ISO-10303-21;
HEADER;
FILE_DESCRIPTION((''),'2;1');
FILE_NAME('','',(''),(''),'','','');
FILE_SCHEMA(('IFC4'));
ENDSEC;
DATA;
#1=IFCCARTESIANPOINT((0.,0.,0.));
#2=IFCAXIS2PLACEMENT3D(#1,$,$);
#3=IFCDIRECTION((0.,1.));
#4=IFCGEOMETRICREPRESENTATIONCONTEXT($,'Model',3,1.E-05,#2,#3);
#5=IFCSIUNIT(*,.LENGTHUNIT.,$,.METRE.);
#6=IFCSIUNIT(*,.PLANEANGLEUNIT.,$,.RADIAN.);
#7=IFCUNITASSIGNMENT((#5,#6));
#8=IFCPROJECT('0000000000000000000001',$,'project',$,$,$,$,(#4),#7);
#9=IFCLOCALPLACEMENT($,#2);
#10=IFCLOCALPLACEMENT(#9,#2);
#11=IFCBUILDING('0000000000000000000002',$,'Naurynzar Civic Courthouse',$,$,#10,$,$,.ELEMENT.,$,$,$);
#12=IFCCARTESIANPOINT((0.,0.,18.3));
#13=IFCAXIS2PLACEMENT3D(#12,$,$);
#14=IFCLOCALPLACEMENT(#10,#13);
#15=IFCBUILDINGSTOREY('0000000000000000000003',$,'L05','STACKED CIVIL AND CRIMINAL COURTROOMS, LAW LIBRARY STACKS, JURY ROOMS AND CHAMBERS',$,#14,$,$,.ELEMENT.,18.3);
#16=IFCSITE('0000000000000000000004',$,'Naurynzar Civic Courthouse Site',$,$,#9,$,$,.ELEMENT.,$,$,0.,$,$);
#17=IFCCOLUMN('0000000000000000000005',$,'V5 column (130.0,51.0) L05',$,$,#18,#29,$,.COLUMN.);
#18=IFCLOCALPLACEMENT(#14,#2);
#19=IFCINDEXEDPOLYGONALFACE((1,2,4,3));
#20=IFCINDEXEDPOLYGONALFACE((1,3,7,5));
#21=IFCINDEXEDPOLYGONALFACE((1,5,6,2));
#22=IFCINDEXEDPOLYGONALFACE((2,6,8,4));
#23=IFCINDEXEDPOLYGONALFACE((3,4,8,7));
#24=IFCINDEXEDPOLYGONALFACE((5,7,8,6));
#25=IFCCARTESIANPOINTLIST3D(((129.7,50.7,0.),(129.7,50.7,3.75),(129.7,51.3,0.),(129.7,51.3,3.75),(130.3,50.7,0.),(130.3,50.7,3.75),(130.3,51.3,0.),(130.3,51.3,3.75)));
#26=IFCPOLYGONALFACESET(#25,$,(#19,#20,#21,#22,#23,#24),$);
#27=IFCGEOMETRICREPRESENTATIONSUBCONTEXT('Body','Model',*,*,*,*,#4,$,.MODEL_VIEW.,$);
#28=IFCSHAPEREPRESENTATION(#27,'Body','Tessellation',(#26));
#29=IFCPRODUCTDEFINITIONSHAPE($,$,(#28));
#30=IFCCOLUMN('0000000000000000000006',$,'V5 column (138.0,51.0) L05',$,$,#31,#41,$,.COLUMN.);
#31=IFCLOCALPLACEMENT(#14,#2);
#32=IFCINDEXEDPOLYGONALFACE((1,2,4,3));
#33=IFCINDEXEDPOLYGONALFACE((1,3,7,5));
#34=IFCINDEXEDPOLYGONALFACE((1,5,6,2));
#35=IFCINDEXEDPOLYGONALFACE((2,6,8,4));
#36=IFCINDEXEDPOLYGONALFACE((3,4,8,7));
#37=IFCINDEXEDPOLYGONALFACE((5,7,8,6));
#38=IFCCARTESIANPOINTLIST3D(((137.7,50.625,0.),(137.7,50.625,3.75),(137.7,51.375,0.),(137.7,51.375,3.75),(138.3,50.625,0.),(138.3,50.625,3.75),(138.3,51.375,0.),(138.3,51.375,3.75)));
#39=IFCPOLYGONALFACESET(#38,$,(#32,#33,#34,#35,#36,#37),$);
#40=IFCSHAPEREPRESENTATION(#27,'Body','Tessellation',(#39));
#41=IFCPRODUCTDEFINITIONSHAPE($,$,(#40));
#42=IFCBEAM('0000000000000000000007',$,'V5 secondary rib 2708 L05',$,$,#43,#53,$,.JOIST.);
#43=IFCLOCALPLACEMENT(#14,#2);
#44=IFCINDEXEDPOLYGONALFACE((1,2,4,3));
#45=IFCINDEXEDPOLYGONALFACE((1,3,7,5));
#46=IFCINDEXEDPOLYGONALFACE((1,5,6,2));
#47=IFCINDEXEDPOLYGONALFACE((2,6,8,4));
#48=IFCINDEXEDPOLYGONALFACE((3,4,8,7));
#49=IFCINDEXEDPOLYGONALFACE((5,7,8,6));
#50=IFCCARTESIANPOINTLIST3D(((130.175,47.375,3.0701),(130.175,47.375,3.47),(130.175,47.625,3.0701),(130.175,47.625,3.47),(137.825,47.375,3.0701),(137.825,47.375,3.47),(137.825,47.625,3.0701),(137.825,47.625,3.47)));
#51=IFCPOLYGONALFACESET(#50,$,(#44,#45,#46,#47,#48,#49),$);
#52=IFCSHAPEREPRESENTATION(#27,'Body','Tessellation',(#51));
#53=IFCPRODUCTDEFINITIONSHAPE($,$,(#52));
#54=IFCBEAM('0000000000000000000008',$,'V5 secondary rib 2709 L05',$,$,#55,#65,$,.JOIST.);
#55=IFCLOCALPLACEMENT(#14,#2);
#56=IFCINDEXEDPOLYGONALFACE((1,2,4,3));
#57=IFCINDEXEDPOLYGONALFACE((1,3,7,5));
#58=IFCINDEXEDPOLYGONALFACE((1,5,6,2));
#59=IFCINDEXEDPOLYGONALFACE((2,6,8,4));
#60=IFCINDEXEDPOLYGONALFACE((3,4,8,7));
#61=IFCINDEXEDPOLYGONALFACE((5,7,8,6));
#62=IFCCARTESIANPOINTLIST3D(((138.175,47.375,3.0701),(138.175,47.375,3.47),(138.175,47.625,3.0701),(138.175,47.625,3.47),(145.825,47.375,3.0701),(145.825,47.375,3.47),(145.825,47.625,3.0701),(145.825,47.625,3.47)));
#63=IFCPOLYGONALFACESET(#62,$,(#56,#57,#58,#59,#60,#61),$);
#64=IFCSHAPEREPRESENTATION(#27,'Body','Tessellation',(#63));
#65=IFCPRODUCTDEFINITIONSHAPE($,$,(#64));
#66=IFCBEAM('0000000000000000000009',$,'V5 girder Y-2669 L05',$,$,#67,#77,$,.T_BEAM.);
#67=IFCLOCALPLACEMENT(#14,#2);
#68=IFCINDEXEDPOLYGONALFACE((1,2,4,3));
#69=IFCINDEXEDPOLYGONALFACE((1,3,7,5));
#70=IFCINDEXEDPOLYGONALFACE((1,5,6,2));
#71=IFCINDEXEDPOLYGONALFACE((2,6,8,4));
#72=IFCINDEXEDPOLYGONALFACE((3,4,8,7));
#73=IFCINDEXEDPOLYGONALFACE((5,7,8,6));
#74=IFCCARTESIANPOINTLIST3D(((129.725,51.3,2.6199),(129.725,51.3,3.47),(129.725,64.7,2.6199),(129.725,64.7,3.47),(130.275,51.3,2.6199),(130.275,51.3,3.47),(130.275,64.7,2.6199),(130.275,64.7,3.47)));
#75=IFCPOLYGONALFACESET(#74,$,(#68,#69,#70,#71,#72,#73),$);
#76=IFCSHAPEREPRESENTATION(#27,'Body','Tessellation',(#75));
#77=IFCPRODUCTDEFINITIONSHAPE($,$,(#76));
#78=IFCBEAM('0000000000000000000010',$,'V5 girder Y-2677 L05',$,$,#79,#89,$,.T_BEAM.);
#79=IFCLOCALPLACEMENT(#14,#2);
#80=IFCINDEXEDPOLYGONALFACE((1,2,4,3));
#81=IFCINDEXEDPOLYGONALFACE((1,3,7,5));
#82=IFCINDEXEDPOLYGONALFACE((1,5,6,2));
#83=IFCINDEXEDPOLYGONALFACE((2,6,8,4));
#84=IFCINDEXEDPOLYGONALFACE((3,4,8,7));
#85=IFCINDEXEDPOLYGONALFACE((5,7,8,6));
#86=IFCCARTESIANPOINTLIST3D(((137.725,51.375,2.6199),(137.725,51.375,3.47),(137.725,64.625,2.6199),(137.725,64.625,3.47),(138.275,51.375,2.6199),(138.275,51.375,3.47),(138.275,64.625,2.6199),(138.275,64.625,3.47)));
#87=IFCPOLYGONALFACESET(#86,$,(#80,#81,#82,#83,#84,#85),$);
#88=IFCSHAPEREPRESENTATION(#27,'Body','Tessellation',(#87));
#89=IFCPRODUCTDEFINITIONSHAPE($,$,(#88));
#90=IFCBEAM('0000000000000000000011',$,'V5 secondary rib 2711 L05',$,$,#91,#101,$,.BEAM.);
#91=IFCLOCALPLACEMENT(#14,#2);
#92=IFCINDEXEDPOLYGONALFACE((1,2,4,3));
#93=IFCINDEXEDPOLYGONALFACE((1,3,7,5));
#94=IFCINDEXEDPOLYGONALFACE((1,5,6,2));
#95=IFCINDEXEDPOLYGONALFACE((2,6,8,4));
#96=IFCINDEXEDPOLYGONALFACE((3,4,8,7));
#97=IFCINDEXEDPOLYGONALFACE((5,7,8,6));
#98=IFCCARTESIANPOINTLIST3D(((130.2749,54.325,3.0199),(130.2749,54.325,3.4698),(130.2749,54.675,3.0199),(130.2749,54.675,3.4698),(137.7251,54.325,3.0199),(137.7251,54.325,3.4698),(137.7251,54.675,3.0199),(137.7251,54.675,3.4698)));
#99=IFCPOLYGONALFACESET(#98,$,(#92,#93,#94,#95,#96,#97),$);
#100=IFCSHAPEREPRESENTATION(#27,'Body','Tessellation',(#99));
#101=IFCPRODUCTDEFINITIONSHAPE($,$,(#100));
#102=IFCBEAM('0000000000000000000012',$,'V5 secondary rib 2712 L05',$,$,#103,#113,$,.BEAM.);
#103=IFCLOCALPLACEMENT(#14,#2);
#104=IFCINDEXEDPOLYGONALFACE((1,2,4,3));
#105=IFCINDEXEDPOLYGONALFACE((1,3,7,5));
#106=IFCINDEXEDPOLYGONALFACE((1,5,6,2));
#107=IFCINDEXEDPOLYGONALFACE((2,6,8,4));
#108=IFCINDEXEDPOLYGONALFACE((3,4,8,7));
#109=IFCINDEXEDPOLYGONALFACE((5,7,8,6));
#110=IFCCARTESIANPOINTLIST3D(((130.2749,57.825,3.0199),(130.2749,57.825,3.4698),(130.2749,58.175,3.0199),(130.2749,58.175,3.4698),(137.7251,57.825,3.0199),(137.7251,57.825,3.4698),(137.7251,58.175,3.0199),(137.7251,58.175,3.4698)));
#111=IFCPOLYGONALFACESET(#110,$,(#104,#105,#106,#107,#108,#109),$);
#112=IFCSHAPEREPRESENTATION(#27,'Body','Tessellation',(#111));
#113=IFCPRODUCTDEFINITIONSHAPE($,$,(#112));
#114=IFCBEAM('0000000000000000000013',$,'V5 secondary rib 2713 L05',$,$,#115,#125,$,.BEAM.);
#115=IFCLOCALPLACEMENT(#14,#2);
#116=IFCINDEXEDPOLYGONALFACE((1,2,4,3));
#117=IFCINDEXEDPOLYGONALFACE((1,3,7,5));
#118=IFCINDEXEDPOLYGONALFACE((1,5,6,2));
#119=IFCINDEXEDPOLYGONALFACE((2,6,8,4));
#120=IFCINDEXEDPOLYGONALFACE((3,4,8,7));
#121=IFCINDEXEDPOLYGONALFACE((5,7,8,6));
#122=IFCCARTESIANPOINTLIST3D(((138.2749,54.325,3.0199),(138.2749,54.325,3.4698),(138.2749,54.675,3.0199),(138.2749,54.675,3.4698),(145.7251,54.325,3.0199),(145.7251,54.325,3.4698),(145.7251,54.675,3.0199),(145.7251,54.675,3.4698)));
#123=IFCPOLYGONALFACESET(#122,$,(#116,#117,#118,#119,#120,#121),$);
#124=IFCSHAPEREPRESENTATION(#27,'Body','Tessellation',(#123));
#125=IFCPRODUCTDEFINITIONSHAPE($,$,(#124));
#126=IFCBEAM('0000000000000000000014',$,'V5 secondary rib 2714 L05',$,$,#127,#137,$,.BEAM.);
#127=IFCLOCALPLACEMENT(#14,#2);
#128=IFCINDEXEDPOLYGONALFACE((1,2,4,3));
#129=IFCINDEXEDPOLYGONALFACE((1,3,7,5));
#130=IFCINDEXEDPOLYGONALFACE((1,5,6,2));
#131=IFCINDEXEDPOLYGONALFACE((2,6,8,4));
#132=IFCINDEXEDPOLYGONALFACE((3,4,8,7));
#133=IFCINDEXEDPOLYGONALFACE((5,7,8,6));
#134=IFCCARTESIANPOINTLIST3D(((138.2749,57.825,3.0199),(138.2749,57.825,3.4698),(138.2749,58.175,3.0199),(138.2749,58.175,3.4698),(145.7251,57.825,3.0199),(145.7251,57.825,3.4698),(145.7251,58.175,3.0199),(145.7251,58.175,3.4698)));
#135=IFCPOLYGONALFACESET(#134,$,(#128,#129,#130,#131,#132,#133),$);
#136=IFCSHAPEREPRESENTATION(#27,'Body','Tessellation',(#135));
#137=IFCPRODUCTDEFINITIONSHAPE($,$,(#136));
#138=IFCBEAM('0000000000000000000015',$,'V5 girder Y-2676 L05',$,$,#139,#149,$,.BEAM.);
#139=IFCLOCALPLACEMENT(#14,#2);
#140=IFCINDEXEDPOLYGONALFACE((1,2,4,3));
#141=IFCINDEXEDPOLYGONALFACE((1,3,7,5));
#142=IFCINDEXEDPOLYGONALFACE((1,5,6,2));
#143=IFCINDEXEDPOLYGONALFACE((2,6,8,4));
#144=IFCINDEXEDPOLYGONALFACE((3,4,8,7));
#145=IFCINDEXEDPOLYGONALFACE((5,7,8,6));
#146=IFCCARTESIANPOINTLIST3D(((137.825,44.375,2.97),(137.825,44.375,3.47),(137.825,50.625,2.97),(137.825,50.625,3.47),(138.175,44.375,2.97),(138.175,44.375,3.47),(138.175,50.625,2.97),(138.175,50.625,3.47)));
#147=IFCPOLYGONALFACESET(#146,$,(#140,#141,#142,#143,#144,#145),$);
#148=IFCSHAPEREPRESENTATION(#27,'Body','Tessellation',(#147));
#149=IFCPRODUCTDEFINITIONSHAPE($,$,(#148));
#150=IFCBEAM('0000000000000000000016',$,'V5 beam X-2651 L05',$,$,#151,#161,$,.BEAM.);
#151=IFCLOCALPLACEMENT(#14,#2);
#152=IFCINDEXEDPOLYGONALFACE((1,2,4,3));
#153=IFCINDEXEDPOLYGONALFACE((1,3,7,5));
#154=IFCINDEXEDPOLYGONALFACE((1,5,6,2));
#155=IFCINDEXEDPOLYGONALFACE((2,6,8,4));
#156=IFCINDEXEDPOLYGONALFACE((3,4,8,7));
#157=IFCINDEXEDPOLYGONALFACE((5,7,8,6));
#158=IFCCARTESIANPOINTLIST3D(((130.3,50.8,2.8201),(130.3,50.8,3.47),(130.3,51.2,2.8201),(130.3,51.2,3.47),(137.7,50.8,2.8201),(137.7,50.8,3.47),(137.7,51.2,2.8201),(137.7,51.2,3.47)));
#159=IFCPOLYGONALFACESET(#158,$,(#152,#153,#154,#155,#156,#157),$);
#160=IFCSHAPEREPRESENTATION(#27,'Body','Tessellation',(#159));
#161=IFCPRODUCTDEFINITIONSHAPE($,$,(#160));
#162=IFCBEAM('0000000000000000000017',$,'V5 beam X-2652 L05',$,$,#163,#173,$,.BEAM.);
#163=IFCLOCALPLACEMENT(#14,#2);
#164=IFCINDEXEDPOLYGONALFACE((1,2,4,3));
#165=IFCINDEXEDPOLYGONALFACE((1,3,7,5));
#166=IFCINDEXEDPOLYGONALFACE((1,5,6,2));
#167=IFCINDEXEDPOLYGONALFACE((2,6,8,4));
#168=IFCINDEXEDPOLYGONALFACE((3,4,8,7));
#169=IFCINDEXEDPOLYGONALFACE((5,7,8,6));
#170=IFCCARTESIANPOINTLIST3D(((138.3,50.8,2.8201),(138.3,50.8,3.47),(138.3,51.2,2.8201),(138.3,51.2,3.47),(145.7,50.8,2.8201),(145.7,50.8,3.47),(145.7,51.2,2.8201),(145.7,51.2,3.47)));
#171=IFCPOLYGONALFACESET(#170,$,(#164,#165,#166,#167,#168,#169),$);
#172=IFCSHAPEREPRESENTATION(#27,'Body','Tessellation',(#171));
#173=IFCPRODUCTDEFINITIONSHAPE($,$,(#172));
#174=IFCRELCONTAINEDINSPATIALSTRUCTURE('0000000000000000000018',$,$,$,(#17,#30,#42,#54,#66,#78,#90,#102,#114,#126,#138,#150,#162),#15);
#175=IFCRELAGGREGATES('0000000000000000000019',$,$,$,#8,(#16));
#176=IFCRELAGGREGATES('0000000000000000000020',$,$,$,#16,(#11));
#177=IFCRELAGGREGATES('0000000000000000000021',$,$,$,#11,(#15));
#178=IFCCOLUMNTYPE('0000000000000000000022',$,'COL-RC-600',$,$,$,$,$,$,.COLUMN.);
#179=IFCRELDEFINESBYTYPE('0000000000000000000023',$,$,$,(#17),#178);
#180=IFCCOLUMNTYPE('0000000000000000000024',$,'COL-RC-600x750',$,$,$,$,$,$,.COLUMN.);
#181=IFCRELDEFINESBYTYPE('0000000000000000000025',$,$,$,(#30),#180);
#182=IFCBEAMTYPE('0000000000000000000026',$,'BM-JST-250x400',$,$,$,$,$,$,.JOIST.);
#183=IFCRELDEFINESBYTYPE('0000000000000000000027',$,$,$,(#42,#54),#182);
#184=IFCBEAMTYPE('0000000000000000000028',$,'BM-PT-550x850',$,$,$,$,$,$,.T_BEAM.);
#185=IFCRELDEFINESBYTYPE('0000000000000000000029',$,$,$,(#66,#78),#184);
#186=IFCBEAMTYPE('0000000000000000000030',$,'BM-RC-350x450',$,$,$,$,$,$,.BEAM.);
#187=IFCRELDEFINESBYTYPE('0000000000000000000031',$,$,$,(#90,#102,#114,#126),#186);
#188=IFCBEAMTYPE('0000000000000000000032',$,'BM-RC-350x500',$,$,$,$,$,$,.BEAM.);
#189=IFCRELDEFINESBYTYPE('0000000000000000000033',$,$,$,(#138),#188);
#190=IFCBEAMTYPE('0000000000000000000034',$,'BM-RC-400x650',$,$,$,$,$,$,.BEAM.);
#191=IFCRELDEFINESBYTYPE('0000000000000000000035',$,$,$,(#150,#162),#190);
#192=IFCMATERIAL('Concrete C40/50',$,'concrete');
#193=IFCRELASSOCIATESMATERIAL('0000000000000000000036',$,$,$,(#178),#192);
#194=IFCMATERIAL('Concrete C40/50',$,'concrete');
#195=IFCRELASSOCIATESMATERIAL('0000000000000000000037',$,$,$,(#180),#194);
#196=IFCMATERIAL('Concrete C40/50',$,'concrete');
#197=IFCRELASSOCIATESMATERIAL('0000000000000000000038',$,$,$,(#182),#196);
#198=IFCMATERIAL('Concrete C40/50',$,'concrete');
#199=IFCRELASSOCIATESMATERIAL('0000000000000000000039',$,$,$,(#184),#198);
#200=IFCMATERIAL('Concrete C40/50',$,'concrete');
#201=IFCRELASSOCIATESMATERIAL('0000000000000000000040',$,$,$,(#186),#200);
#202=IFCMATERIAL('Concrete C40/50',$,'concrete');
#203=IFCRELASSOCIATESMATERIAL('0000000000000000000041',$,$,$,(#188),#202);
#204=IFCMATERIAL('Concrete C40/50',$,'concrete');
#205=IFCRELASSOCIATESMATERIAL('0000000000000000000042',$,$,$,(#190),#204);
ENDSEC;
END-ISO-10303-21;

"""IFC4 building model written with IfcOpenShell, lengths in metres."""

from ifc_helpers import new_model, si_unit, direction, frame, origin, origin_2d, place, context, subcontext, project, spatial, rectangle, extrude, material, material_profile, profile_set, type_object, element, save


model = new_model("IFC4")

# Units and contexts
model_context = context("Model", 3, precision=1e-05, world=origin(), true_north=direction((0.0, 1.0)))
body_context = subcontext(model_context, "Body", "Model", "MODEL_VIEW")
ifc_project = project(units=[si_unit("LENGTHUNIT", "METRE"), si_unit("PLANEANGLEUNIT", "RADIAN")], contexts=[model_context])

# Site, building, storey
site_placement = place(None, origin())
site = spatial("IfcSite", under=ifc_project, at=site_placement, Name="Naurynzar Civic Courthouse Site", CompositionType="ELEMENT", RefElevation=0.0)
building_placement = place(site_placement, origin())
building = spatial("IfcBuilding", under=site, at=building_placement, Name="Naurynzar Civic Courthouse", CompositionType="ELEMENT")
storey_placement = place(building_placement, frame((0.0, 0.0, 18.3)))
storey = spatial("IfcBuildingStorey", under=building, at=storey_placement, Name="L05", Description="STACKED CIVIL AND CRIMINAL COURTROOMS, LAW LIBRARY STACKS, JURY ROOMS AND CHAMBERS", CompositionType="ELEMENT", Elevation=18.3)

# Columns
ifc_material_1 = material(Name="Concrete C40/50", Category="concrete")
ifc_material_profile_1 = material_profile(ifc_material_1, rectangle(XDim=0.6001, YDim=0.6001, at=origin_2d()), Name="RC 600x600")
ifc_profile_set_1 = profile_set([ifc_material_profile_1], Name="Concrete C40/50")
column_type_1 = type_object("IfcColumnType", Name="COL-RC-600", PredefinedType="COLUMN", material=ifc_profile_set_1)
column_1_placement = place(storey_placement, frame((130.0, 51.0, 0.0), z_axis=(0.0, 0.0, 1.0), x_axis=(1.0, 0.0, 0.0)))
element("IfcColumn", 1, at=column_1_placement, inside=storey, type_object=column_type_1, Name="V5 column (130.0,51.0) L05", PredefinedType="COLUMN", context=body_context, shape_type="SweptSolid", body=[
    extrude(rectangle(XDim=0.6001, YDim=0.6001, at=origin_2d()), origin(), (0.0, 0.0, 1.0), 3.75),
])
ifc_material_2 = material(Name="Concrete C40/50", Category="concrete")
ifc_material_profile_2 = material_profile(ifc_material_2, rectangle(XDim=0.6001, YDim=0.75, at=origin_2d()), Name="RC 600x750")
ifc_profile_set_2 = profile_set([ifc_material_profile_2], Name="Concrete C40/50")
column_type_2 = type_object("IfcColumnType", Name="COL-RC-600x750", PredefinedType="COLUMN", material=ifc_profile_set_2)
column_2_placement = place(storey_placement, frame((138.0, 51.0, 0.0), z_axis=(0.0, 0.0, 1.0), x_axis=(1.0, 0.0, 0.0)))
element("IfcColumn", 2, at=column_2_placement, inside=storey, type_object=column_type_2, Name="V5 column (138.0,51.0) L05", PredefinedType="COLUMN", context=body_context, shape_type="SweptSolid", body=[
    extrude(rectangle(XDim=0.6001, YDim=0.75, at=origin_2d()), origin(), (0.0, 0.0, 1.0), 3.75),
])

# Beams
ifc_material_3 = material(Name="Concrete C40/50", Category="concrete")
ifc_material_profile_3 = material_profile(ifc_material_3, rectangle(XDim=0.25, YDim=0.3999, at=origin_2d()), Name="RCB 250x400")
ifc_profile_set_3 = profile_set([ifc_material_profile_3], Name="Concrete C40/50")
beam_type_1 = type_object("IfcBeamType", Name="BM-JST-250x400", PredefinedType="JOIST", material=ifc_profile_set_3)
for number, where, z_axis, x_axis, name in (
    (3, (130.175, 47.5, 3.27), (1.0, 0.0, 0.0), (0.0, 1.0, 0.0), "V5 secondary rib 2708 L05"),
    (4, (138.175, 47.5, 3.27), (1.0, 0.0, 0.0), (0.0, 1.0, 0.0), "V5 secondary rib 2709 L05"),
):
    element("IfcBeam", number, at=place(storey_placement, frame(where, z_axis=z_axis, x_axis=x_axis)), inside=storey, type_object=beam_type_1, Name=name, PredefinedType="JOIST", context=body_context, shape_type="SweptSolid", body=[
        extrude(rectangle(XDim=0.25, YDim=0.3999, at=origin_2d()), origin(), (0.0, 0.0, 1.0), 7.6499),
    ])
ifc_material_4 = material(Name="Concrete C40/50", Category="concrete")
ifc_material_profile_4 = material_profile(ifc_material_4, rectangle(XDim=0.55, YDim=0.8501, at=origin_2d()), Name="PTB 550x850")
ifc_profile_set_4 = profile_set([ifc_material_profile_4], Name="Concrete C40/50")
beam_type_2 = type_object("IfcBeamType", Name="BM-PT-550x850", PredefinedType="T_BEAM", material=ifc_profile_set_4)
beam_1_placement = place(storey_placement, frame((130.0, 51.3, 3.0449), z_axis=(0.0, 1.0, 0.0), x_axis=(-1.0, 0.0, 0.0)))
element("IfcBeam", 5, at=beam_1_placement, inside=storey, type_object=beam_type_2, Name="V5 girder Y-2669 L05", PredefinedType="T_BEAM", context=body_context, shape_type="SweptSolid", body=[
    extrude(rectangle(XDim=0.55, YDim=0.8501, at=origin_2d()), origin(), (0.0, 0.0, 1.0), 13.3999),
])
beam_2_placement = place(storey_placement, frame((138.0, 51.375, 3.0449), z_axis=(0.0, 1.0, 0.0), x_axis=(-1.0, 0.0, 0.0)))
element("IfcBeam", 6, at=beam_2_placement, inside=storey, type_object=beam_type_2, Name="V5 girder Y-2677 L05", PredefinedType="T_BEAM", context=body_context, shape_type="SweptSolid", body=[
    extrude(rectangle(XDim=0.55, YDim=0.8501, at=origin_2d()), origin(), (0.0, 0.0, 1.0), 13.25),
])
ifc_material_5 = material(Name="Concrete C40/50", Category="concrete")
ifc_material_profile_5 = material_profile(ifc_material_5, rectangle(XDim=0.3501, YDim=0.45, at=origin_2d()), Name="RCB 350x450")
ifc_profile_set_5 = profile_set([ifc_material_profile_5], Name="Concrete C40/50")
beam_type_3 = type_object("IfcBeamType", Name="BM-RC-350x450", PredefinedType="BEAM", material=ifc_profile_set_5)
for number, where, z_axis, x_axis, name in (
    (7, (130.2749, 54.5, 3.2449), (1.0, 0.0, 0.0), (0.0, 1.0, 0.0), "V5 secondary rib 2711 L05"),
    (8, (130.2749, 58.0, 3.2449), (1.0, 0.0, 0.0), (0.0, 1.0, 0.0), "V5 secondary rib 2712 L05"),
    (9, (138.2749, 54.5, 3.2449), (1.0, 0.0, 0.0), (0.0, 1.0, 0.0), "V5 secondary rib 2713 L05"),
    (10, (138.2749, 58.0, 3.2449), (1.0, 0.0, 0.0), (0.0, 1.0, 0.0), "V5 secondary rib 2714 L05"),
):
    element("IfcBeam", number, at=place(storey_placement, frame(where, z_axis=z_axis, x_axis=x_axis)), inside=storey, type_object=beam_type_3, Name=name, PredefinedType="BEAM", context=body_context, shape_type="SweptSolid", body=[
        extrude(rectangle(XDim=0.3501, YDim=0.45, at=origin_2d()), origin(), (0.0, 0.0, 1.0), 7.4502),
    ])
ifc_material_6 = material(Name="Concrete C40/50", Category="concrete")
ifc_material_profile_6 = material_profile(ifc_material_6, rectangle(XDim=0.3501, YDim=0.5, at=origin_2d()), Name="RCB 350x500")
ifc_profile_set_6 = profile_set([ifc_material_profile_6], Name="Concrete C40/50")
beam_type_4 = type_object("IfcBeamType", Name="BM-RC-350x500", PredefinedType="BEAM", material=ifc_profile_set_6)
beam_3_placement = place(storey_placement, frame((138.0, 44.375, 3.22), z_axis=(0.0, 1.0, 0.0), x_axis=(-1.0, 0.0, 0.0)))
element("IfcBeam", 11, at=beam_3_placement, inside=storey, type_object=beam_type_4, Name="V5 girder Y-2676 L05", PredefinedType="BEAM", context=body_context, shape_type="SweptSolid", body=[
    extrude(rectangle(XDim=0.3501, YDim=0.5, at=origin_2d()), origin(), (0.0, 0.0, 1.0), 6.25),
])
ifc_material_7 = material(Name="Concrete C40/50", Category="concrete")
ifc_material_profile_7 = material_profile(ifc_material_7, rectangle(XDim=0.3999, YDim=0.6499, at=origin_2d()), Name="RCB 400x650")
ifc_profile_set_7 = profile_set([ifc_material_profile_7], Name="Concrete C40/50")
beam_type_5 = type_object("IfcBeamType", Name="BM-RC-400x650", PredefinedType="BEAM", material=ifc_profile_set_7)
for number, where, z_axis, x_axis, name in (
    (12, (130.3, 51.0, 3.145), (1.0, 0.0, 0.0), (0.0, 1.0, 0.0), "V5 beam X-2651 L05"),
    (13, (138.3, 51.0, 3.145), (1.0, 0.0, 0.0), (0.0, 1.0, 0.0), "V5 beam X-2652 L05"),
):
    element("IfcBeam", number, at=place(storey_placement, frame(where, z_axis=z_axis, x_axis=x_axis)), inside=storey, type_object=beam_type_5, Name=name, PredefinedType="BEAM", context=body_context, shape_type="SweptSolid", body=[
        extrude(rectangle(XDim=0.3999, YDim=0.6499, at=origin_2d()), origin(), (0.0, 0.0, 1.0), 7.3999),
    ])

save(model, "model.ifc")
